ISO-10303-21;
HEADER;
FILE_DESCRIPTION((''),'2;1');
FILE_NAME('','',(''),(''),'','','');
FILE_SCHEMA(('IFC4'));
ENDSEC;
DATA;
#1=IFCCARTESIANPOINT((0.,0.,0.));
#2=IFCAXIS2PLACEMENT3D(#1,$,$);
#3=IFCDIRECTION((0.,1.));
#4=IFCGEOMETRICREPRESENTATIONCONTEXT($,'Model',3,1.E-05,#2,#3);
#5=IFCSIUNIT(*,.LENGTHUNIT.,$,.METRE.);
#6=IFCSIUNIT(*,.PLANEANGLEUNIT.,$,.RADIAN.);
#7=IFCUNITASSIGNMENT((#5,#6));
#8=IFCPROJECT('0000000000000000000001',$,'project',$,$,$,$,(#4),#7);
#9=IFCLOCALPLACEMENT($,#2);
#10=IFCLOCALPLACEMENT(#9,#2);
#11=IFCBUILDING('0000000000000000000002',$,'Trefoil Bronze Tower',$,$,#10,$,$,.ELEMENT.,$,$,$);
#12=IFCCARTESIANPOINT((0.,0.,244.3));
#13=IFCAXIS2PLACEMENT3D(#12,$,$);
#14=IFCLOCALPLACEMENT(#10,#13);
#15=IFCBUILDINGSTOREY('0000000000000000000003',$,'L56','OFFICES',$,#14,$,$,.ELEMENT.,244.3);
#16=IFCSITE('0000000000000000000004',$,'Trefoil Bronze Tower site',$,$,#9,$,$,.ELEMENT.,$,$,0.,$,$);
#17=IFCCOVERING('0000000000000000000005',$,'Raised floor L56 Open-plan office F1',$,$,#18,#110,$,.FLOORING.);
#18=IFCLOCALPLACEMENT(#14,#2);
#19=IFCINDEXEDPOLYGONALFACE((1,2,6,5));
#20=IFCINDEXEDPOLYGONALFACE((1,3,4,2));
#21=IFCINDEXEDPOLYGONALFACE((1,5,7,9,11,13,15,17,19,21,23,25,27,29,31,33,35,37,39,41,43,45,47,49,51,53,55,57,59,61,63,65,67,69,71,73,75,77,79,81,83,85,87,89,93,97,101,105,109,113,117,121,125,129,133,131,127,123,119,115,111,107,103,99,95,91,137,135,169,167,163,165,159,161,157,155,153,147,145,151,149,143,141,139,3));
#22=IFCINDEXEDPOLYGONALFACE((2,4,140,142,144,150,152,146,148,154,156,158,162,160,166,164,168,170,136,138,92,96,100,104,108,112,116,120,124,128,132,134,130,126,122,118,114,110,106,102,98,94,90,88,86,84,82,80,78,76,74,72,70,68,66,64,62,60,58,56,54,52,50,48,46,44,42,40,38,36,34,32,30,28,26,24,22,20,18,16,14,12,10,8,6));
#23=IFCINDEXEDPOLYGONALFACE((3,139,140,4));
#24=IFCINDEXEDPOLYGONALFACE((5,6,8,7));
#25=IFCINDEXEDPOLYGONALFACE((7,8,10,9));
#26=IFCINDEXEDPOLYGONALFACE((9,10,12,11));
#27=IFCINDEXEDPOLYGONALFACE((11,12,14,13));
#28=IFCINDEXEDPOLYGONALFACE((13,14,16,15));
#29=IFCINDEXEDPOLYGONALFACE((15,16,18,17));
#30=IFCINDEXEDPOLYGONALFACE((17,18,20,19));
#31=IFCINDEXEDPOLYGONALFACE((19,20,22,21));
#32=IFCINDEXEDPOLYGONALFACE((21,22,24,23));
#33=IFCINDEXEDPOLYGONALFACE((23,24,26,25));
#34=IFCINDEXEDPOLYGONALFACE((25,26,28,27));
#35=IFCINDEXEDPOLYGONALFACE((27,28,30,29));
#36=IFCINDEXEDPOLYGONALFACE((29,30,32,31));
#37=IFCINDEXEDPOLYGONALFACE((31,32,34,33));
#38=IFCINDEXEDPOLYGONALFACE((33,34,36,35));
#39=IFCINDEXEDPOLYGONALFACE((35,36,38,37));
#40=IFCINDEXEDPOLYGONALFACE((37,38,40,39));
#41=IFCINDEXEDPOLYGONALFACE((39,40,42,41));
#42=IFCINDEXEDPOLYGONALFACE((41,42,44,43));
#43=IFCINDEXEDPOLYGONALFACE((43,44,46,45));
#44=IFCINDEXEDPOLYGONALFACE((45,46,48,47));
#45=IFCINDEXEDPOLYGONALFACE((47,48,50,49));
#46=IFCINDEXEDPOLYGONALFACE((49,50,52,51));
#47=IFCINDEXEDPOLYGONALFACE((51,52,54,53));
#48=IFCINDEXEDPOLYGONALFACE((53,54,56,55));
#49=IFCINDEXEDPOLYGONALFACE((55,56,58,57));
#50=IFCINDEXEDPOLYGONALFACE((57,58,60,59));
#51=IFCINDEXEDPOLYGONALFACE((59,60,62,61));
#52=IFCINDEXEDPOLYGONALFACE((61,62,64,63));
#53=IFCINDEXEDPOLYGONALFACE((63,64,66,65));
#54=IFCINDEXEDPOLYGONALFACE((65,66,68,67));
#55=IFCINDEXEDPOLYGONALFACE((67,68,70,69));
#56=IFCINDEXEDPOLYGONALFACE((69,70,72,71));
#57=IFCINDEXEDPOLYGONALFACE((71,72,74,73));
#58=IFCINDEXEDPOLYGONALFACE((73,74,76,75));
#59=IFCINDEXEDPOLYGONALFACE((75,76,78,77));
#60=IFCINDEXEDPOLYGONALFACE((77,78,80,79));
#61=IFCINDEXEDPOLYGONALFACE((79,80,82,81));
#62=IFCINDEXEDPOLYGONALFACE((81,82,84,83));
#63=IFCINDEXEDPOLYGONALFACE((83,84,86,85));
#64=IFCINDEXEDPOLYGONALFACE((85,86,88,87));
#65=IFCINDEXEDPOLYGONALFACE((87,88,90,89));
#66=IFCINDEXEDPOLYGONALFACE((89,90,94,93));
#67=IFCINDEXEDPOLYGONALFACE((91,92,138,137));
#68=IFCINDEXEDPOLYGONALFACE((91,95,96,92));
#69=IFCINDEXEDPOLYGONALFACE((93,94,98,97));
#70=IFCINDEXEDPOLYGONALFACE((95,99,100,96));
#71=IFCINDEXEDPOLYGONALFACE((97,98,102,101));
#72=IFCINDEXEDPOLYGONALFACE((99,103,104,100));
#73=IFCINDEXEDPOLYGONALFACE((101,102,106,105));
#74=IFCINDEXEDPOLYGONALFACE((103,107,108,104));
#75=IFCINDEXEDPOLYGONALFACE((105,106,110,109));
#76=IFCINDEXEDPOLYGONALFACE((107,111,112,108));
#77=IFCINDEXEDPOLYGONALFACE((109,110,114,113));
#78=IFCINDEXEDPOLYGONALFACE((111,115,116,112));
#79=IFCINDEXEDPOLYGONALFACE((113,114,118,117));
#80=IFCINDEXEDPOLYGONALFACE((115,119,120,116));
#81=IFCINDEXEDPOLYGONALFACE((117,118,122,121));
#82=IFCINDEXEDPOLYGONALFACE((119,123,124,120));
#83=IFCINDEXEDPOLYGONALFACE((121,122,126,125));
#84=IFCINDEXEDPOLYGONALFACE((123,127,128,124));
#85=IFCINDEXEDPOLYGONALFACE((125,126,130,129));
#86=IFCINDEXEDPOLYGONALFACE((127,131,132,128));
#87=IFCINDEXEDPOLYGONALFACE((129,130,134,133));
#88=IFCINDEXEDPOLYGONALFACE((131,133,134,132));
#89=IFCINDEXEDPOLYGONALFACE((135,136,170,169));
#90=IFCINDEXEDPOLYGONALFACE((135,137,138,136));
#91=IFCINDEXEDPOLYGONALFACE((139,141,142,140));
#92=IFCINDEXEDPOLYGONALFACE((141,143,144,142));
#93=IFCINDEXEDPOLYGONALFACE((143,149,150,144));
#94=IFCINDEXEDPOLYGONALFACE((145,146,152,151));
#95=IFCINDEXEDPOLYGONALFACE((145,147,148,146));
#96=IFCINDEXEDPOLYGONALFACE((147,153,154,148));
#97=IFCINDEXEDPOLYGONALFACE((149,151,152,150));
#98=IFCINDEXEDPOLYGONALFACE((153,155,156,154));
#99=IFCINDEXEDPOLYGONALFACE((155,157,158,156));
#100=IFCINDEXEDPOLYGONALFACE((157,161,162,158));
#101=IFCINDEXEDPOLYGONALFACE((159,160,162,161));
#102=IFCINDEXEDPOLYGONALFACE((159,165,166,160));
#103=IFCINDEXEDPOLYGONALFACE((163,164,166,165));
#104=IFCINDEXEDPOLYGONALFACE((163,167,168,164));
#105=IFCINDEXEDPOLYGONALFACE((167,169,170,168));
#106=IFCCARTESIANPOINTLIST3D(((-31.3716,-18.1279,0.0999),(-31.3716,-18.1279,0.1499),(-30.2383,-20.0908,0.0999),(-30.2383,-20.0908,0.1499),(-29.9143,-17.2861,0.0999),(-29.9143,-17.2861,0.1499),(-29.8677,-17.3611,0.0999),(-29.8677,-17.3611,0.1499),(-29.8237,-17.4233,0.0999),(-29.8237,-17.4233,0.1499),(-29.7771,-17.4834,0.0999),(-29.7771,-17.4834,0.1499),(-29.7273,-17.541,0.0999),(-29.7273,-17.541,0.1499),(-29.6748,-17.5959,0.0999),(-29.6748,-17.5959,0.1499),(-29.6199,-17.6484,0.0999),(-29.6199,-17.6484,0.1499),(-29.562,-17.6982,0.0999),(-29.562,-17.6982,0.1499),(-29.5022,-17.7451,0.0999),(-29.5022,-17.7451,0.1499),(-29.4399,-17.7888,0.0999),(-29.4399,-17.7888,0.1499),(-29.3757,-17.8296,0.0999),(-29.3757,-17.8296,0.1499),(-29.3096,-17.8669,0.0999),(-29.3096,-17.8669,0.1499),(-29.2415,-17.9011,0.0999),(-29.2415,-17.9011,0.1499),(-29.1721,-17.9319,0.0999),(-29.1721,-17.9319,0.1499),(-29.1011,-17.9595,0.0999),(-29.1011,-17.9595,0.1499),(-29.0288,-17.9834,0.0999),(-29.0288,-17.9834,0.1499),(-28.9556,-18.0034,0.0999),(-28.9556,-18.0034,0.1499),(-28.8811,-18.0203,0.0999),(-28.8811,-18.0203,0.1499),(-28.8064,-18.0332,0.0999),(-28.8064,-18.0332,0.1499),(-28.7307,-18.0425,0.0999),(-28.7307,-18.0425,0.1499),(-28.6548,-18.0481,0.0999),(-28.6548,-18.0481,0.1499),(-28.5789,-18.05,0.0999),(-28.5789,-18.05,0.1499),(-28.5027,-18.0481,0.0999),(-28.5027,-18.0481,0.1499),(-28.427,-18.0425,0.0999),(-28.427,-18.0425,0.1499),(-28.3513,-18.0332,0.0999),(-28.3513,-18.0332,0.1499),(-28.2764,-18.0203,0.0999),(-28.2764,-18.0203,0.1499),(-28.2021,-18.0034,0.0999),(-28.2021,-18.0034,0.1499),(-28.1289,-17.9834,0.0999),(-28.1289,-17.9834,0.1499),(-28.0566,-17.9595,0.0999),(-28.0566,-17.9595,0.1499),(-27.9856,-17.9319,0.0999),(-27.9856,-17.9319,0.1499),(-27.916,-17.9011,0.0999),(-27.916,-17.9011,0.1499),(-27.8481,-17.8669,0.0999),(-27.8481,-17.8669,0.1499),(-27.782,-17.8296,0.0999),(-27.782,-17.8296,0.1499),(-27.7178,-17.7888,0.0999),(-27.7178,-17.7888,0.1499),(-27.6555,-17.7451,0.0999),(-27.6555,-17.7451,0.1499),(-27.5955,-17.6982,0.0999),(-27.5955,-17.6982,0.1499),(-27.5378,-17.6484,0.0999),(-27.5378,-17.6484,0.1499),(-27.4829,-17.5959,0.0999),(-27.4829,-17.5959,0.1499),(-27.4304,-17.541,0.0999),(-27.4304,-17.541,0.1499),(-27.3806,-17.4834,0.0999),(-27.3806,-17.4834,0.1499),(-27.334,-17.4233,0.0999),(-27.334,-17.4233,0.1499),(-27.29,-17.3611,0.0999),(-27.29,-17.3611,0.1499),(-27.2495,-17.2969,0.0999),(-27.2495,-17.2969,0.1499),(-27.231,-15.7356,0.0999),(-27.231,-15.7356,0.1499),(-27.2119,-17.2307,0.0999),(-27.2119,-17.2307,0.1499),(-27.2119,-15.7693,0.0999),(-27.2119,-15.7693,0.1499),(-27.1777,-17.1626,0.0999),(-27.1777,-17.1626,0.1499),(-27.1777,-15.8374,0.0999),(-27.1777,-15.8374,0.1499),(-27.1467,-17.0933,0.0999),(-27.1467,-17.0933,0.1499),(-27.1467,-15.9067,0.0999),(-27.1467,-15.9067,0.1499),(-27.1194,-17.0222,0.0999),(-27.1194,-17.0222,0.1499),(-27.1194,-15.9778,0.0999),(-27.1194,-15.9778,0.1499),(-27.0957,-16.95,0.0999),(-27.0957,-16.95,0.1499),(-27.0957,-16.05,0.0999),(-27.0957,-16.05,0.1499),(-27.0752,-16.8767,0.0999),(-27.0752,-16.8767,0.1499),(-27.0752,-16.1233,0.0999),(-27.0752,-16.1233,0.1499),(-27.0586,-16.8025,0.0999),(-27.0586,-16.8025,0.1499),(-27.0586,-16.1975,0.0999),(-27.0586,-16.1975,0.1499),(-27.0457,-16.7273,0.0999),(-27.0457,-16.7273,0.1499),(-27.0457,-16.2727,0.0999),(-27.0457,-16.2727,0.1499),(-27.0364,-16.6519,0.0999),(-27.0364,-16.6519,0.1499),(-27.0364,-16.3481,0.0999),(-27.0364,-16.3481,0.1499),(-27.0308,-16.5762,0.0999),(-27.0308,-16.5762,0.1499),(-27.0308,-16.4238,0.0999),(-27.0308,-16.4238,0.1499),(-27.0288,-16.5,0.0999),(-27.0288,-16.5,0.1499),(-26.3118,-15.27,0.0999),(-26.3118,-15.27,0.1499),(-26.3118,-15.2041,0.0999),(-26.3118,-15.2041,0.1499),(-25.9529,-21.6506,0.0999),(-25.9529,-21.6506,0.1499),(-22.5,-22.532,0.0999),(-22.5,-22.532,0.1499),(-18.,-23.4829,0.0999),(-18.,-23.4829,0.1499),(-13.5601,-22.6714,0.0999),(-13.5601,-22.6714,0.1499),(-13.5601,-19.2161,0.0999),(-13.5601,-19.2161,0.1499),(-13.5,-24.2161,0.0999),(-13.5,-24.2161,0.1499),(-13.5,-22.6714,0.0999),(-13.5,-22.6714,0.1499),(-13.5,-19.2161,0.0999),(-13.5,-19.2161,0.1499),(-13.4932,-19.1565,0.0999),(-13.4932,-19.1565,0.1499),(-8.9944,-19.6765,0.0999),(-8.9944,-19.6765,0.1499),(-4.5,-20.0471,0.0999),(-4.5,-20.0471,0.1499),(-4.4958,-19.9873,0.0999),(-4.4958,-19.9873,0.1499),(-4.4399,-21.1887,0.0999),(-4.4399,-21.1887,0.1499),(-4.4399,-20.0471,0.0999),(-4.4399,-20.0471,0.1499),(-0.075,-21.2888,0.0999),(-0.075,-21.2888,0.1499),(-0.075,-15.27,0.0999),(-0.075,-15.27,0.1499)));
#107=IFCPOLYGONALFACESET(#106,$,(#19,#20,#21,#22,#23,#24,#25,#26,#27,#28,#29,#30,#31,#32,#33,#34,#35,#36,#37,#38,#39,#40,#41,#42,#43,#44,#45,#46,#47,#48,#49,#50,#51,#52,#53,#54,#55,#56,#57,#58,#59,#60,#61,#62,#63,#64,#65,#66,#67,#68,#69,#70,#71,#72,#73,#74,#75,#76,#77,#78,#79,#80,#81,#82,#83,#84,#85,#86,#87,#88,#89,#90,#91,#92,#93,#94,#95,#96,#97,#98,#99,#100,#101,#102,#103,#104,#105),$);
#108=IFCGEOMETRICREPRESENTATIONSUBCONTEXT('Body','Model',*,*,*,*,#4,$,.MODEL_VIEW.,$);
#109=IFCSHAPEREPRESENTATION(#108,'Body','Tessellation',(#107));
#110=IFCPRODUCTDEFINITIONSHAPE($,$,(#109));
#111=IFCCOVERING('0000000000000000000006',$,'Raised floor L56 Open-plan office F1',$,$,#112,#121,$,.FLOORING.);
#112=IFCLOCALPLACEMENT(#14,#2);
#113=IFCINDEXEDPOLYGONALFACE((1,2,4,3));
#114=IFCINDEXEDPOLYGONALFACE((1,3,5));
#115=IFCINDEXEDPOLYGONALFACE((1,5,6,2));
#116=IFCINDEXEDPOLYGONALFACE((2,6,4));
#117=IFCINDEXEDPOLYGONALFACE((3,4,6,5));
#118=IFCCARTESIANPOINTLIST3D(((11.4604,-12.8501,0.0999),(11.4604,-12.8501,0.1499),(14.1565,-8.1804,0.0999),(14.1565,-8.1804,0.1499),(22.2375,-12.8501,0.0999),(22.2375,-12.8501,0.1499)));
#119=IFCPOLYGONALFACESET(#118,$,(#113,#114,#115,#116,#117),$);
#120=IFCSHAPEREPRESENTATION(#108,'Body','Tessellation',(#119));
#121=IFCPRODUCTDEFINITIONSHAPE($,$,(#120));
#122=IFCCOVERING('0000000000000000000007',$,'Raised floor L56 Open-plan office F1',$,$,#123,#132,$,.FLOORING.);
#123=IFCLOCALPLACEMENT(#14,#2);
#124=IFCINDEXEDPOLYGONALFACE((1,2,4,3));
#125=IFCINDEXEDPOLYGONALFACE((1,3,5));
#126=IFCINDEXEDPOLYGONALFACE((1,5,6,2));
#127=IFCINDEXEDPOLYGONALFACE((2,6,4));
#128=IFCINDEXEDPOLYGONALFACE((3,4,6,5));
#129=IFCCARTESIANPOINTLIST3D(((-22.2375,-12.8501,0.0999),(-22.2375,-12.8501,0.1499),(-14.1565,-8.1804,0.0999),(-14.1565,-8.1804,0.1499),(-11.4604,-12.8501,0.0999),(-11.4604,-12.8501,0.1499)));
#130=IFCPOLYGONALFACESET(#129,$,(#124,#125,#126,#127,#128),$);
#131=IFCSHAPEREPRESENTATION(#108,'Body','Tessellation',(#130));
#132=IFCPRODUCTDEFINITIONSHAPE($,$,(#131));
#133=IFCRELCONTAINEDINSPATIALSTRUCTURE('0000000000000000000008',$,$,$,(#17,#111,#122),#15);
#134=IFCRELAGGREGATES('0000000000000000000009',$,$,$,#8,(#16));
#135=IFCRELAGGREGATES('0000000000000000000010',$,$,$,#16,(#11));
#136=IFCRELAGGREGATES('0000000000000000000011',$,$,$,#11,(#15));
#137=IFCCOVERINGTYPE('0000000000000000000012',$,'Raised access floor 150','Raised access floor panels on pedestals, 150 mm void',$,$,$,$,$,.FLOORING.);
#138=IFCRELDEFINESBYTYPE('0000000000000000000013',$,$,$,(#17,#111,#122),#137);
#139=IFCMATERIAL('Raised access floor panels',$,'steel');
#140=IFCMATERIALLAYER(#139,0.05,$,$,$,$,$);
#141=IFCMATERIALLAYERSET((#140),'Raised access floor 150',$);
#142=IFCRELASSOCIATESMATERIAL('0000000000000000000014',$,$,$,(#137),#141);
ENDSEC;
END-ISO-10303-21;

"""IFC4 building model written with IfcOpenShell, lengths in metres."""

from ifc_helpers import new_model, si_unit, direction, frame, origin, place, context, subcontext, project, spatial, polyline, outline, extrude, material, layer, layer_set, type_object, element, save


model = new_model("IFC4")

# Units and contexts
model_context = context("Model", 3, precision=1e-05, world=origin(), true_north=direction((0.0, 1.0)))
body_context = subcontext(model_context, "Body", "Model", "MODEL_VIEW")
ifc_project = project(units=[si_unit("LENGTHUNIT", "METRE"), si_unit("PLANEANGLEUNIT", "RADIAN")], contexts=[model_context])

# Site, building, storey
site_placement = place(None, origin())
site = spatial("IfcSite", under=ifc_project, at=site_placement, Name="Trefoil Bronze Tower site", CompositionType="ELEMENT", RefElevation=0.0)
building_placement = place(site_placement, origin())
building = spatial("IfcBuilding", under=site, at=building_placement, Name="Trefoil Bronze Tower", CompositionType="ELEMENT")
storey_placement = place(building_placement, frame((0.0, 0.0, 244.3)))
storey = spatial("IfcBuildingStorey", under=building, at=storey_placement, Name="L56", Description="OFFICES", CompositionType="ELEMENT", Elevation=244.3)

# Coverings
ifc_material_1 = material(Name="Raised access floor panels", Category="steel")
ifc_layer_1 = layer(ifc_material_1, 0.05)
ifc_layer_set_1 = layer_set([ifc_layer_1], Name="Raised access floor 150")
covering_type_1 = type_object("IfcCoveringType", Name="Raised access floor 150", Description="Raised access floor panels on pedestals, 150 mm void", PredefinedType="FLOORING", material=ifc_layer_set_1)
covering_1_placement = place(storey_placement, frame((0.0, 0.0, 0.0999)))
element("IfcCovering", 1, at=covering_1_placement, inside=storey, type_object=covering_type_1, Name="Raised floor L56 Open-plan office F1", PredefinedType="FLOORING", context=body_context, shape_type="SweptSolid", body=[
    extrude(outline(polyline([(-27.1467, -15.9067), (-27.1777, -15.8374), (-27.2119, -15.7693), (-27.231, -15.7356), (-26.3118, -15.2041), (-26.3118, -15.27), (-0.075, -15.27), (-0.075, -21.2888), (-4.4399, -21.1887), (-4.4399, -20.0471), (-4.5, -20.0471), (-4.4958, -19.9873), (-8.9944, -19.6765), (-13.4932, -19.1565), (-13.5, -19.2161), (-13.5601, -19.2161), (-13.5601, -22.6714), (-13.5, -22.6714), (-13.5, -24.2161), (-18.0, -23.4829), (-22.5, -22.532), (-25.9529, -21.6506), (-30.2383, -20.0908), (-31.3716, -18.1279), (-29.9143, -17.2861), (-29.8677, -17.3611), (-29.8237, -17.4233), (-29.7771, -17.4834), (-29.7273, -17.541), (-29.6748, -17.5959), (-29.6199, -17.6484), (-29.562, -17.6982), (-29.5022, -17.7451), (-29.4399, -17.7888), (-29.3757, -17.8296), (-29.3096, -17.8669), (-29.2415, -17.9011), (-29.1721, -17.9319), (-29.1011, -17.9595), (-29.0288, -17.9834), (-28.9556, -18.0034), (-28.8811, -18.0203), (-28.8064, -18.0332), (-28.7307, -18.0425), (-28.6548, -18.0481), (-28.5789, -18.05), (-28.5027, -18.0481), (-28.427, -18.0425), (-28.3513, -18.0332), (-28.2764, -18.0203), (-28.2021, -18.0034), (-28.1289, -17.9834), (-28.0566, -17.9595), (-27.9856, -17.9319), (-27.916, -17.9011), (-27.8481, -17.8669), (-27.782, -17.8296), (-27.7178, -17.7888), (-27.6555, -17.7451), (-27.5955, -17.6982), (-27.5378, -17.6484), (-27.4829, -17.5959), (-27.4304, -17.541), (-27.3806, -17.4834), (-27.334, -17.4233), (-27.29, -17.3611), (-27.2495, -17.2969), (-27.2119, -17.2307), (-27.1777, -17.1626), (-27.1467, -17.0933), (-27.1194, -17.0222), (-27.0957, -16.95), (-27.0752, -16.8767), (-27.0586, -16.8025), (-27.0457, -16.7273), (-27.0364, -16.6519), (-27.0308, -16.5762), (-27.0288, -16.5), (-27.0308, -16.4238), (-27.0364, -16.3481), (-27.0457, -16.2727), (-27.0586, -16.1975), (-27.0752, -16.1233), (-27.0957, -16.05), (-27.1194, -15.9778), (-27.1467, -15.9067)])), origin(), (0.0, 0.0, 1.0), 0.05),
])
covering_2_placement = place(storey_placement, frame((0.0, 0.0, 0.0999)))
element("IfcCovering", 2, at=covering_2_placement, inside=storey, type_object=covering_type_1, Name="Raised floor L56 Open-plan office F1", PredefinedType="FLOORING", context=body_context, shape_type="SweptSolid", body=[
    extrude(outline(polyline([(14.1565, -8.1804), (22.2375, -12.8501), (11.4604, -12.8501), (14.1565, -8.1804)])), origin(), (0.0, 0.0, 1.0), 0.05),
])
covering_3_placement = place(storey_placement, frame((0.0, 0.0, 0.0999)))
element("IfcCovering", 3, at=covering_3_placement, inside=storey, type_object=covering_type_1, Name="Raised floor L56 Open-plan office F1", PredefinedType="FLOORING", context=body_context, shape_type="SweptSolid", body=[
    extrude(outline(polyline([(-22.2375, -12.8501), (-14.1565, -8.1804), (-11.4604, -12.8501), (-22.2375, -12.8501)])), origin(), (0.0, 0.0, 1.0), 0.05),
])

save(model, "model.ifc")
